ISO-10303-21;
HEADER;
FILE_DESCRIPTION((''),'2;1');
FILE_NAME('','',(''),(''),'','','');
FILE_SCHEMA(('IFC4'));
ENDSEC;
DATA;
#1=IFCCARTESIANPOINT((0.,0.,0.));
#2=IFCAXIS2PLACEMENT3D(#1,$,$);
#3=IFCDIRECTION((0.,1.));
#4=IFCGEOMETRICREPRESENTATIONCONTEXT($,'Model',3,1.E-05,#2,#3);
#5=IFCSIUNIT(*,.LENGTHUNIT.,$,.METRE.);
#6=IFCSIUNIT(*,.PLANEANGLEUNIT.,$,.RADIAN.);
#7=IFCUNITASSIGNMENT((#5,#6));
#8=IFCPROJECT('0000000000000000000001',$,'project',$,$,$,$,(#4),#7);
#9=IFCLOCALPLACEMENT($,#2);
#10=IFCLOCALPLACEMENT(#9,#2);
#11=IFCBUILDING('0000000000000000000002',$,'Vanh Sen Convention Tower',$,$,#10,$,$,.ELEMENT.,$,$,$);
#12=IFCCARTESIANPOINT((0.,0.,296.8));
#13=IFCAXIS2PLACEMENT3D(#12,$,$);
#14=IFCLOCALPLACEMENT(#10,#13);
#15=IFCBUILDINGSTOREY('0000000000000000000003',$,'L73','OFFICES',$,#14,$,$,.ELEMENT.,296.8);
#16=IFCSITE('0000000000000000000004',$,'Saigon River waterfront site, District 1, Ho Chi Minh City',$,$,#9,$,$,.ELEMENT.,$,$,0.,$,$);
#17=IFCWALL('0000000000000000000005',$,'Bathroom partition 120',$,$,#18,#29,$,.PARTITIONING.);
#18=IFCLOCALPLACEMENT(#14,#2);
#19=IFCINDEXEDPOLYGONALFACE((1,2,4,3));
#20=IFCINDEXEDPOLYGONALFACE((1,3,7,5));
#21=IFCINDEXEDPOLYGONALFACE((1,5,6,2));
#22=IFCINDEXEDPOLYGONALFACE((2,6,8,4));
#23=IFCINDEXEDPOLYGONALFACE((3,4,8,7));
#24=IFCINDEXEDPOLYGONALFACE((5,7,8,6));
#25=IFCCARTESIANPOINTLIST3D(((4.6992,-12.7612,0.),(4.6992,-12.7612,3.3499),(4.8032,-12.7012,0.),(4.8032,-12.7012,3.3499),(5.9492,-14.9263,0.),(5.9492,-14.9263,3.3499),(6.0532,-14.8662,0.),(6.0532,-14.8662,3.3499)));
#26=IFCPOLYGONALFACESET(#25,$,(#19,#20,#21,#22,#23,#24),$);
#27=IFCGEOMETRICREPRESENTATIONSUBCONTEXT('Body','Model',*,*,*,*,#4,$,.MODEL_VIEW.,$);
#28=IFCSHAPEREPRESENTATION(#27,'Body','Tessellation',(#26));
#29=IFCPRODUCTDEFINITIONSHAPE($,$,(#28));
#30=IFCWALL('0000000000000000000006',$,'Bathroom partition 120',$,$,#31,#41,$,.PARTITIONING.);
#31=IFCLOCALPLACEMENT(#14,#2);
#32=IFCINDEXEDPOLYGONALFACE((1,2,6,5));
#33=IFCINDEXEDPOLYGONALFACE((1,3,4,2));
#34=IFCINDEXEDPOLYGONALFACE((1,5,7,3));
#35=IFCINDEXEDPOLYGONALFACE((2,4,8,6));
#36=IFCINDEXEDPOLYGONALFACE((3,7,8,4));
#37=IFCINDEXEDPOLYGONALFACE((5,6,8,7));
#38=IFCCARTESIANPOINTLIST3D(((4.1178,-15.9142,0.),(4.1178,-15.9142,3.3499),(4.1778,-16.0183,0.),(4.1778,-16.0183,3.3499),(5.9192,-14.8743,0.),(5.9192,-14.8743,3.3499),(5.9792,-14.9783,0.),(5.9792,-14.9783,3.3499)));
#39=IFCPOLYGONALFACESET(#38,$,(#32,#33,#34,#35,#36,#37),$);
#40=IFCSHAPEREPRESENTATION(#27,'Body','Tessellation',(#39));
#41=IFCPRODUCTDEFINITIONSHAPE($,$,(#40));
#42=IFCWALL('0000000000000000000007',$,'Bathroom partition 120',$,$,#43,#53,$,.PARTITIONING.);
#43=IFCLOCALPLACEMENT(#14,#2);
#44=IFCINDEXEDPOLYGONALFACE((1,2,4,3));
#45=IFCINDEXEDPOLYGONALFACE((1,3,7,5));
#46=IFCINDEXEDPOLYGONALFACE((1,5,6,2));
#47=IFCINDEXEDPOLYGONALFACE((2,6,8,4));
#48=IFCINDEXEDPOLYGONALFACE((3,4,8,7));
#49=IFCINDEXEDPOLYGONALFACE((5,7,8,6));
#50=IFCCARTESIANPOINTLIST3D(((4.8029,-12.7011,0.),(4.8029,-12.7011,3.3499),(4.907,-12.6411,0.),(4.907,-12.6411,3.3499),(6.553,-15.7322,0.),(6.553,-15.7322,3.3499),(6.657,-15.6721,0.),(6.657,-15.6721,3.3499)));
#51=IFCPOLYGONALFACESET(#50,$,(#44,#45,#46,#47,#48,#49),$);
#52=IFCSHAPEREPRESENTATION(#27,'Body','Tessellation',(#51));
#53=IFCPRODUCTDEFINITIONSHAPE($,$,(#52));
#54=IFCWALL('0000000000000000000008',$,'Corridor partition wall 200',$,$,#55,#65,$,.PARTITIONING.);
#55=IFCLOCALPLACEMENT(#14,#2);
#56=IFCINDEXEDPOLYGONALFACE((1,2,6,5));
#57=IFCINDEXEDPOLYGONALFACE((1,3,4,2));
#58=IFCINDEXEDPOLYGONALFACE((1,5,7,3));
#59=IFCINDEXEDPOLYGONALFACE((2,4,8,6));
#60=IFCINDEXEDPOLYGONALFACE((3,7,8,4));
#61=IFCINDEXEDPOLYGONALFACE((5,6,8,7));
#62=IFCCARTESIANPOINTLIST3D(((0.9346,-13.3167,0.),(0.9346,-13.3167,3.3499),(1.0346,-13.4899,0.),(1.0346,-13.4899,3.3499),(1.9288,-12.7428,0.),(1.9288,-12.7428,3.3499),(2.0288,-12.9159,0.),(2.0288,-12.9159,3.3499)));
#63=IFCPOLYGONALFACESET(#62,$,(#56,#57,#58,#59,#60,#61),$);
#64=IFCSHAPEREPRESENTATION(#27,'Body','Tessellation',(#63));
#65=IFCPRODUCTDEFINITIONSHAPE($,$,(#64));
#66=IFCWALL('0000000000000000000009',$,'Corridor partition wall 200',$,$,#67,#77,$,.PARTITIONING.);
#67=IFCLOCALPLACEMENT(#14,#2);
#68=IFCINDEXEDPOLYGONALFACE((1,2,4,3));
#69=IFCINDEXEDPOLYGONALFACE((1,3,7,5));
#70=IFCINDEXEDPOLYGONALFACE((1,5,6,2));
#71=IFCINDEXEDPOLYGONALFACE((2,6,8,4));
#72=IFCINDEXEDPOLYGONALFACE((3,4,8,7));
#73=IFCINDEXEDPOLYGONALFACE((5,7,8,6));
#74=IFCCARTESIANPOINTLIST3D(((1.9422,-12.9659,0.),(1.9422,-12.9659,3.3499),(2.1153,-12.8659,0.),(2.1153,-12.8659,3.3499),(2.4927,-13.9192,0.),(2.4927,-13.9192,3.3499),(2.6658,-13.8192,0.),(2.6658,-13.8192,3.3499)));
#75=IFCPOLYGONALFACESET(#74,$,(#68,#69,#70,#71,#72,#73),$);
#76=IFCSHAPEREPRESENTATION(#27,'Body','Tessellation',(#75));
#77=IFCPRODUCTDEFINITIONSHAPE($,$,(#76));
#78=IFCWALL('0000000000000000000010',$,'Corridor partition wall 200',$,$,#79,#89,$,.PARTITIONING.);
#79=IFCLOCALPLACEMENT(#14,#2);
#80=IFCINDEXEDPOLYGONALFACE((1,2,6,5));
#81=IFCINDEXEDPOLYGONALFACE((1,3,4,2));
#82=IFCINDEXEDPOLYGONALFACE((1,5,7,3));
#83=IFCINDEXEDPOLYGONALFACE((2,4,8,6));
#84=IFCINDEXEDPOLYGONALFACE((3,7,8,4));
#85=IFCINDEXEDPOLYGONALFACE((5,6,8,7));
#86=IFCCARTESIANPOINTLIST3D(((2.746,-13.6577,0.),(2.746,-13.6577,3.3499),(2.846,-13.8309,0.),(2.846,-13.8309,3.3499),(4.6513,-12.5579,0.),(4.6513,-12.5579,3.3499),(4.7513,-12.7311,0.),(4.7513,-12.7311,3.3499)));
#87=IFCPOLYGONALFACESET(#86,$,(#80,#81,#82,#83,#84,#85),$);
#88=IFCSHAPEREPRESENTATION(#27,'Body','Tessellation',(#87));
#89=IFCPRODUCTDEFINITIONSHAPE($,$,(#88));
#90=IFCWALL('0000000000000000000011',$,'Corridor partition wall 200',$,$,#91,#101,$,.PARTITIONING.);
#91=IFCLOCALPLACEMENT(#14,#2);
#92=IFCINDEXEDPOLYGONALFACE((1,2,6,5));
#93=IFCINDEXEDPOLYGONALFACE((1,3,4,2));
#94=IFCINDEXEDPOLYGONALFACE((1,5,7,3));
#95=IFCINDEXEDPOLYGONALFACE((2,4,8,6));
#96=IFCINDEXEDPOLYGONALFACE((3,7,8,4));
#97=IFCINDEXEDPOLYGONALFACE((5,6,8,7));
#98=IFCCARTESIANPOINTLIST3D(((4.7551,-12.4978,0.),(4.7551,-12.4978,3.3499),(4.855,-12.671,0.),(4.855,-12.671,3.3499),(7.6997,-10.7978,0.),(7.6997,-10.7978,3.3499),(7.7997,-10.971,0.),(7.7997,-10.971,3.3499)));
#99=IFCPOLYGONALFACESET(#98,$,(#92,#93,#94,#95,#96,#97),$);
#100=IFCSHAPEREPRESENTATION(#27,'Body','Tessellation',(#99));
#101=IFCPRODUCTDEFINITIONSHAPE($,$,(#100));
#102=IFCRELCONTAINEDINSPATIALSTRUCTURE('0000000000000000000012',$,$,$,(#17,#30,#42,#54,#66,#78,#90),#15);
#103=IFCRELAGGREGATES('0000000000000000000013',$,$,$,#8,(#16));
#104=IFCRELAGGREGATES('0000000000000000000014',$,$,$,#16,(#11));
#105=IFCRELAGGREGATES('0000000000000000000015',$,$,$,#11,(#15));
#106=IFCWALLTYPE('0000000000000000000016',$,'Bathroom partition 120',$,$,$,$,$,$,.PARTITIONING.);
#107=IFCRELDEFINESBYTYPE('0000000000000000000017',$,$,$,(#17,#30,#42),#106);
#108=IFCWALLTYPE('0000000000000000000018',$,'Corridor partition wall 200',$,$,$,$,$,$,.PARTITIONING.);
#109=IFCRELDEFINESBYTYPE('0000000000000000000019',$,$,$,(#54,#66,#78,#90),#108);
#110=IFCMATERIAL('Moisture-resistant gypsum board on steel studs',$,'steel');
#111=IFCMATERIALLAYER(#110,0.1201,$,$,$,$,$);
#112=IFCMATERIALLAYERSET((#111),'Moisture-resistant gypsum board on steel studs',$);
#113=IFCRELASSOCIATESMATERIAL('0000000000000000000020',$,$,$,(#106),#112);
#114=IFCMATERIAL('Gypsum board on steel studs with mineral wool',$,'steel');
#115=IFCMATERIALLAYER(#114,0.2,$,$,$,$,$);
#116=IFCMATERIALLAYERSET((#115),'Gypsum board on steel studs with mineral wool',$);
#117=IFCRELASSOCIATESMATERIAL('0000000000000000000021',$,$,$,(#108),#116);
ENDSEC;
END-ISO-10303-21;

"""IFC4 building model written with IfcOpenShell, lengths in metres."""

from ifc_helpers import new_model, si_unit, direction, frame, frame_2d, origin, place, context, subcontext, project, spatial, rectangle, extrude, material, layer, layer_set, type_object, element, save


model = new_model("IFC4")

# Units and contexts
model_context = context("Model", 3, precision=1e-05, world=origin(), true_north=direction((0.0, 1.0)))
body_context = subcontext(model_context, "Body", "Model", "MODEL_VIEW")
ifc_project = project(units=[si_unit("LENGTHUNIT", "METRE"), si_unit("PLANEANGLEUNIT", "RADIAN")], contexts=[model_context])

# Site, building, storey
site_placement = place(None, origin())
site = spatial("IfcSite", under=ifc_project, at=site_placement, Name="Saigon River waterfront site, District 1, Ho Chi Minh City", CompositionType="ELEMENT", RefElevation=0.0)
building_placement = place(site_placement, origin())
building = spatial("IfcBuilding", under=site, at=building_placement, Name="Vanh Sen Convention Tower", CompositionType="ELEMENT")
storey_placement = place(building_placement, frame((0.0, 0.0, 296.8)))
storey = spatial("IfcBuildingStorey", under=building, at=storey_placement, Name="L73", Description="OFFICES", CompositionType="ELEMENT", Elevation=296.8)

# Shared definitions
ifc_material_1 = material(Name="Moisture-resistant gypsum board on steel studs", Category="steel")
ifc_layer_1 = layer(ifc_material_1, 0.1201)
ifc_layer_set_1 = layer_set([ifc_layer_1], Name="Moisture-resistant gypsum board on steel studs")
wall_type_1 = type_object("IfcWallType", Name="Bathroom partition 120", PredefinedType="PARTITIONING", material=ifc_layer_set_1)

# Walls
wall_1_placement = place(storey_placement, frame((4.7512, -12.7312, 0.0), z_axis=(0.0, 0.0, 1.0), x_axis=(0.500004, -0.866023, 0.0)))
element("IfcWall", 1, at=wall_1_placement, inside=storey, type_object=wall_type_1, Name="Bathroom partition 120", PredefinedType="PARTITIONING", context=body_context, shape_type="SweptSolid", body=[
    extrude(rectangle(XDim=2.5, YDim=0.1201, at=frame_2d((1.25, 0.0))), origin(), (0.0, 0.0, 1.0), 3.3499),
])
wall_2_placement = place(storey_placement, frame((5.9492, -14.9263, 0.0), z_axis=(0.0, 0.0, 1.0), x_axis=(-0.866039, -0.499976, 0.0)))
element("IfcWall", 2, at=wall_2_placement, inside=storey, type_object=wall_type_1, Name="Bathroom partition 120", PredefinedType="PARTITIONING", context=body_context, shape_type="SweptSolid", body=[
    extrude(rectangle(XDim=2.0801, YDim=0.1201, at=frame_2d((1.04, 0.0))), origin(), (0.0, 0.0, 1.0), 3.3499),
])
wall_3_placement = place(storey_placement, frame((6.605, -15.7021, 0.0), z_axis=(0.0, 0.0, 1.0), x_axis=(-0.50001, 0.866019, 0.0)))
element("IfcWall", 3, at=wall_3_placement, inside=storey, type_object=wall_type_1, Name="Bathroom partition 120", PredefinedType="PARTITIONING", context=body_context, shape_type="SweptSolid", body=[
    extrude(rectangle(XDim=3.5, YDim=0.1201, at=frame_2d((1.75, 0.0))), origin(), (0.0, 0.0, 1.0), 3.3499),
])
ifc_material_2 = material(Name="Gypsum board on steel studs with mineral wool", Category="steel")
ifc_layer_2 = layer(ifc_material_2, 0.2)
ifc_layer_set_2 = layer_set([ifc_layer_2], Name="Gypsum board on steel studs with mineral wool")
wall_type_2 = type_object("IfcWallType", Name="Corridor partition wall 200", PredefinedType="PARTITIONING", material=ifc_layer_set_2)
wall_4_placement = place(storey_placement, frame((0.9846, -13.4033, 0.0), z_axis=(0.0, 0.0, 1.0), x_axis=(0.866023, 0.500005, 0.0)))
element("IfcWall", 4, at=wall_4_placement, inside=storey, type_object=wall_type_2, Name="Corridor partition wall 200", PredefinedType="PARTITIONING", context=body_context, shape_type="SweptSolid", body=[
    extrude(rectangle(XDim=1.1479, YDim=0.2, at=frame_2d((0.574, 0.0))), origin(), (0.0, 0.0, 1.0), 3.3499),
])
wall_5_placement = place(storey_placement, frame((2.0288, -12.916, 0.0), z_axis=(0.0, 0.0, 1.0), x_axis=(0.500074, -0.865982, 0.0)))
element("IfcWall", 5, at=wall_5_placement, inside=storey, type_object=wall_type_2, Name="Corridor partition wall 200", PredefinedType="PARTITIONING", context=body_context, shape_type="SweptSolid", body=[
    extrude(rectangle(XDim=1.1008, YDim=0.2, at=frame_2d((0.5503, 0.0))), origin(), (0.0, 0.0, 1.0), 3.3499),
])
wall_6_placement = place(storey_placement, frame((2.7959, -13.7444, 0.0), z_axis=(0.0, 0.0, 1.0), x_axis=(0.866056, 0.499947, 0.0)))
element("IfcWall", 6, at=wall_6_placement, inside=storey, type_object=wall_type_2, Name="Corridor partition wall 200", PredefinedType="PARTITIONING", context=body_context, shape_type="SweptSolid", body=[
    extrude(rectangle(XDim=2.2, YDim=0.2, at=frame_2d((1.1001, 0.0))), origin(), (0.0, 0.0, 1.0), 3.3499),
])
wall_7_placement = place(storey_placement, frame((4.8049, -12.5845, 0.0), z_axis=(0.0, 0.0, 1.0), x_axis=(0.866039, 0.499977, 0.0)))
element("IfcWall", 7, at=wall_7_placement, inside=storey, type_object=wall_type_2, Name="Corridor partition wall 200", PredefinedType="PARTITIONING", context=body_context, shape_type="SweptSolid", body=[
    extrude(rectangle(XDim=3.4001, YDim=0.2, at=frame_2d((1.7002, 0.0))), origin(), (0.0, 0.0, 1.0), 3.3499),
])

save(model, "model.ifc")
